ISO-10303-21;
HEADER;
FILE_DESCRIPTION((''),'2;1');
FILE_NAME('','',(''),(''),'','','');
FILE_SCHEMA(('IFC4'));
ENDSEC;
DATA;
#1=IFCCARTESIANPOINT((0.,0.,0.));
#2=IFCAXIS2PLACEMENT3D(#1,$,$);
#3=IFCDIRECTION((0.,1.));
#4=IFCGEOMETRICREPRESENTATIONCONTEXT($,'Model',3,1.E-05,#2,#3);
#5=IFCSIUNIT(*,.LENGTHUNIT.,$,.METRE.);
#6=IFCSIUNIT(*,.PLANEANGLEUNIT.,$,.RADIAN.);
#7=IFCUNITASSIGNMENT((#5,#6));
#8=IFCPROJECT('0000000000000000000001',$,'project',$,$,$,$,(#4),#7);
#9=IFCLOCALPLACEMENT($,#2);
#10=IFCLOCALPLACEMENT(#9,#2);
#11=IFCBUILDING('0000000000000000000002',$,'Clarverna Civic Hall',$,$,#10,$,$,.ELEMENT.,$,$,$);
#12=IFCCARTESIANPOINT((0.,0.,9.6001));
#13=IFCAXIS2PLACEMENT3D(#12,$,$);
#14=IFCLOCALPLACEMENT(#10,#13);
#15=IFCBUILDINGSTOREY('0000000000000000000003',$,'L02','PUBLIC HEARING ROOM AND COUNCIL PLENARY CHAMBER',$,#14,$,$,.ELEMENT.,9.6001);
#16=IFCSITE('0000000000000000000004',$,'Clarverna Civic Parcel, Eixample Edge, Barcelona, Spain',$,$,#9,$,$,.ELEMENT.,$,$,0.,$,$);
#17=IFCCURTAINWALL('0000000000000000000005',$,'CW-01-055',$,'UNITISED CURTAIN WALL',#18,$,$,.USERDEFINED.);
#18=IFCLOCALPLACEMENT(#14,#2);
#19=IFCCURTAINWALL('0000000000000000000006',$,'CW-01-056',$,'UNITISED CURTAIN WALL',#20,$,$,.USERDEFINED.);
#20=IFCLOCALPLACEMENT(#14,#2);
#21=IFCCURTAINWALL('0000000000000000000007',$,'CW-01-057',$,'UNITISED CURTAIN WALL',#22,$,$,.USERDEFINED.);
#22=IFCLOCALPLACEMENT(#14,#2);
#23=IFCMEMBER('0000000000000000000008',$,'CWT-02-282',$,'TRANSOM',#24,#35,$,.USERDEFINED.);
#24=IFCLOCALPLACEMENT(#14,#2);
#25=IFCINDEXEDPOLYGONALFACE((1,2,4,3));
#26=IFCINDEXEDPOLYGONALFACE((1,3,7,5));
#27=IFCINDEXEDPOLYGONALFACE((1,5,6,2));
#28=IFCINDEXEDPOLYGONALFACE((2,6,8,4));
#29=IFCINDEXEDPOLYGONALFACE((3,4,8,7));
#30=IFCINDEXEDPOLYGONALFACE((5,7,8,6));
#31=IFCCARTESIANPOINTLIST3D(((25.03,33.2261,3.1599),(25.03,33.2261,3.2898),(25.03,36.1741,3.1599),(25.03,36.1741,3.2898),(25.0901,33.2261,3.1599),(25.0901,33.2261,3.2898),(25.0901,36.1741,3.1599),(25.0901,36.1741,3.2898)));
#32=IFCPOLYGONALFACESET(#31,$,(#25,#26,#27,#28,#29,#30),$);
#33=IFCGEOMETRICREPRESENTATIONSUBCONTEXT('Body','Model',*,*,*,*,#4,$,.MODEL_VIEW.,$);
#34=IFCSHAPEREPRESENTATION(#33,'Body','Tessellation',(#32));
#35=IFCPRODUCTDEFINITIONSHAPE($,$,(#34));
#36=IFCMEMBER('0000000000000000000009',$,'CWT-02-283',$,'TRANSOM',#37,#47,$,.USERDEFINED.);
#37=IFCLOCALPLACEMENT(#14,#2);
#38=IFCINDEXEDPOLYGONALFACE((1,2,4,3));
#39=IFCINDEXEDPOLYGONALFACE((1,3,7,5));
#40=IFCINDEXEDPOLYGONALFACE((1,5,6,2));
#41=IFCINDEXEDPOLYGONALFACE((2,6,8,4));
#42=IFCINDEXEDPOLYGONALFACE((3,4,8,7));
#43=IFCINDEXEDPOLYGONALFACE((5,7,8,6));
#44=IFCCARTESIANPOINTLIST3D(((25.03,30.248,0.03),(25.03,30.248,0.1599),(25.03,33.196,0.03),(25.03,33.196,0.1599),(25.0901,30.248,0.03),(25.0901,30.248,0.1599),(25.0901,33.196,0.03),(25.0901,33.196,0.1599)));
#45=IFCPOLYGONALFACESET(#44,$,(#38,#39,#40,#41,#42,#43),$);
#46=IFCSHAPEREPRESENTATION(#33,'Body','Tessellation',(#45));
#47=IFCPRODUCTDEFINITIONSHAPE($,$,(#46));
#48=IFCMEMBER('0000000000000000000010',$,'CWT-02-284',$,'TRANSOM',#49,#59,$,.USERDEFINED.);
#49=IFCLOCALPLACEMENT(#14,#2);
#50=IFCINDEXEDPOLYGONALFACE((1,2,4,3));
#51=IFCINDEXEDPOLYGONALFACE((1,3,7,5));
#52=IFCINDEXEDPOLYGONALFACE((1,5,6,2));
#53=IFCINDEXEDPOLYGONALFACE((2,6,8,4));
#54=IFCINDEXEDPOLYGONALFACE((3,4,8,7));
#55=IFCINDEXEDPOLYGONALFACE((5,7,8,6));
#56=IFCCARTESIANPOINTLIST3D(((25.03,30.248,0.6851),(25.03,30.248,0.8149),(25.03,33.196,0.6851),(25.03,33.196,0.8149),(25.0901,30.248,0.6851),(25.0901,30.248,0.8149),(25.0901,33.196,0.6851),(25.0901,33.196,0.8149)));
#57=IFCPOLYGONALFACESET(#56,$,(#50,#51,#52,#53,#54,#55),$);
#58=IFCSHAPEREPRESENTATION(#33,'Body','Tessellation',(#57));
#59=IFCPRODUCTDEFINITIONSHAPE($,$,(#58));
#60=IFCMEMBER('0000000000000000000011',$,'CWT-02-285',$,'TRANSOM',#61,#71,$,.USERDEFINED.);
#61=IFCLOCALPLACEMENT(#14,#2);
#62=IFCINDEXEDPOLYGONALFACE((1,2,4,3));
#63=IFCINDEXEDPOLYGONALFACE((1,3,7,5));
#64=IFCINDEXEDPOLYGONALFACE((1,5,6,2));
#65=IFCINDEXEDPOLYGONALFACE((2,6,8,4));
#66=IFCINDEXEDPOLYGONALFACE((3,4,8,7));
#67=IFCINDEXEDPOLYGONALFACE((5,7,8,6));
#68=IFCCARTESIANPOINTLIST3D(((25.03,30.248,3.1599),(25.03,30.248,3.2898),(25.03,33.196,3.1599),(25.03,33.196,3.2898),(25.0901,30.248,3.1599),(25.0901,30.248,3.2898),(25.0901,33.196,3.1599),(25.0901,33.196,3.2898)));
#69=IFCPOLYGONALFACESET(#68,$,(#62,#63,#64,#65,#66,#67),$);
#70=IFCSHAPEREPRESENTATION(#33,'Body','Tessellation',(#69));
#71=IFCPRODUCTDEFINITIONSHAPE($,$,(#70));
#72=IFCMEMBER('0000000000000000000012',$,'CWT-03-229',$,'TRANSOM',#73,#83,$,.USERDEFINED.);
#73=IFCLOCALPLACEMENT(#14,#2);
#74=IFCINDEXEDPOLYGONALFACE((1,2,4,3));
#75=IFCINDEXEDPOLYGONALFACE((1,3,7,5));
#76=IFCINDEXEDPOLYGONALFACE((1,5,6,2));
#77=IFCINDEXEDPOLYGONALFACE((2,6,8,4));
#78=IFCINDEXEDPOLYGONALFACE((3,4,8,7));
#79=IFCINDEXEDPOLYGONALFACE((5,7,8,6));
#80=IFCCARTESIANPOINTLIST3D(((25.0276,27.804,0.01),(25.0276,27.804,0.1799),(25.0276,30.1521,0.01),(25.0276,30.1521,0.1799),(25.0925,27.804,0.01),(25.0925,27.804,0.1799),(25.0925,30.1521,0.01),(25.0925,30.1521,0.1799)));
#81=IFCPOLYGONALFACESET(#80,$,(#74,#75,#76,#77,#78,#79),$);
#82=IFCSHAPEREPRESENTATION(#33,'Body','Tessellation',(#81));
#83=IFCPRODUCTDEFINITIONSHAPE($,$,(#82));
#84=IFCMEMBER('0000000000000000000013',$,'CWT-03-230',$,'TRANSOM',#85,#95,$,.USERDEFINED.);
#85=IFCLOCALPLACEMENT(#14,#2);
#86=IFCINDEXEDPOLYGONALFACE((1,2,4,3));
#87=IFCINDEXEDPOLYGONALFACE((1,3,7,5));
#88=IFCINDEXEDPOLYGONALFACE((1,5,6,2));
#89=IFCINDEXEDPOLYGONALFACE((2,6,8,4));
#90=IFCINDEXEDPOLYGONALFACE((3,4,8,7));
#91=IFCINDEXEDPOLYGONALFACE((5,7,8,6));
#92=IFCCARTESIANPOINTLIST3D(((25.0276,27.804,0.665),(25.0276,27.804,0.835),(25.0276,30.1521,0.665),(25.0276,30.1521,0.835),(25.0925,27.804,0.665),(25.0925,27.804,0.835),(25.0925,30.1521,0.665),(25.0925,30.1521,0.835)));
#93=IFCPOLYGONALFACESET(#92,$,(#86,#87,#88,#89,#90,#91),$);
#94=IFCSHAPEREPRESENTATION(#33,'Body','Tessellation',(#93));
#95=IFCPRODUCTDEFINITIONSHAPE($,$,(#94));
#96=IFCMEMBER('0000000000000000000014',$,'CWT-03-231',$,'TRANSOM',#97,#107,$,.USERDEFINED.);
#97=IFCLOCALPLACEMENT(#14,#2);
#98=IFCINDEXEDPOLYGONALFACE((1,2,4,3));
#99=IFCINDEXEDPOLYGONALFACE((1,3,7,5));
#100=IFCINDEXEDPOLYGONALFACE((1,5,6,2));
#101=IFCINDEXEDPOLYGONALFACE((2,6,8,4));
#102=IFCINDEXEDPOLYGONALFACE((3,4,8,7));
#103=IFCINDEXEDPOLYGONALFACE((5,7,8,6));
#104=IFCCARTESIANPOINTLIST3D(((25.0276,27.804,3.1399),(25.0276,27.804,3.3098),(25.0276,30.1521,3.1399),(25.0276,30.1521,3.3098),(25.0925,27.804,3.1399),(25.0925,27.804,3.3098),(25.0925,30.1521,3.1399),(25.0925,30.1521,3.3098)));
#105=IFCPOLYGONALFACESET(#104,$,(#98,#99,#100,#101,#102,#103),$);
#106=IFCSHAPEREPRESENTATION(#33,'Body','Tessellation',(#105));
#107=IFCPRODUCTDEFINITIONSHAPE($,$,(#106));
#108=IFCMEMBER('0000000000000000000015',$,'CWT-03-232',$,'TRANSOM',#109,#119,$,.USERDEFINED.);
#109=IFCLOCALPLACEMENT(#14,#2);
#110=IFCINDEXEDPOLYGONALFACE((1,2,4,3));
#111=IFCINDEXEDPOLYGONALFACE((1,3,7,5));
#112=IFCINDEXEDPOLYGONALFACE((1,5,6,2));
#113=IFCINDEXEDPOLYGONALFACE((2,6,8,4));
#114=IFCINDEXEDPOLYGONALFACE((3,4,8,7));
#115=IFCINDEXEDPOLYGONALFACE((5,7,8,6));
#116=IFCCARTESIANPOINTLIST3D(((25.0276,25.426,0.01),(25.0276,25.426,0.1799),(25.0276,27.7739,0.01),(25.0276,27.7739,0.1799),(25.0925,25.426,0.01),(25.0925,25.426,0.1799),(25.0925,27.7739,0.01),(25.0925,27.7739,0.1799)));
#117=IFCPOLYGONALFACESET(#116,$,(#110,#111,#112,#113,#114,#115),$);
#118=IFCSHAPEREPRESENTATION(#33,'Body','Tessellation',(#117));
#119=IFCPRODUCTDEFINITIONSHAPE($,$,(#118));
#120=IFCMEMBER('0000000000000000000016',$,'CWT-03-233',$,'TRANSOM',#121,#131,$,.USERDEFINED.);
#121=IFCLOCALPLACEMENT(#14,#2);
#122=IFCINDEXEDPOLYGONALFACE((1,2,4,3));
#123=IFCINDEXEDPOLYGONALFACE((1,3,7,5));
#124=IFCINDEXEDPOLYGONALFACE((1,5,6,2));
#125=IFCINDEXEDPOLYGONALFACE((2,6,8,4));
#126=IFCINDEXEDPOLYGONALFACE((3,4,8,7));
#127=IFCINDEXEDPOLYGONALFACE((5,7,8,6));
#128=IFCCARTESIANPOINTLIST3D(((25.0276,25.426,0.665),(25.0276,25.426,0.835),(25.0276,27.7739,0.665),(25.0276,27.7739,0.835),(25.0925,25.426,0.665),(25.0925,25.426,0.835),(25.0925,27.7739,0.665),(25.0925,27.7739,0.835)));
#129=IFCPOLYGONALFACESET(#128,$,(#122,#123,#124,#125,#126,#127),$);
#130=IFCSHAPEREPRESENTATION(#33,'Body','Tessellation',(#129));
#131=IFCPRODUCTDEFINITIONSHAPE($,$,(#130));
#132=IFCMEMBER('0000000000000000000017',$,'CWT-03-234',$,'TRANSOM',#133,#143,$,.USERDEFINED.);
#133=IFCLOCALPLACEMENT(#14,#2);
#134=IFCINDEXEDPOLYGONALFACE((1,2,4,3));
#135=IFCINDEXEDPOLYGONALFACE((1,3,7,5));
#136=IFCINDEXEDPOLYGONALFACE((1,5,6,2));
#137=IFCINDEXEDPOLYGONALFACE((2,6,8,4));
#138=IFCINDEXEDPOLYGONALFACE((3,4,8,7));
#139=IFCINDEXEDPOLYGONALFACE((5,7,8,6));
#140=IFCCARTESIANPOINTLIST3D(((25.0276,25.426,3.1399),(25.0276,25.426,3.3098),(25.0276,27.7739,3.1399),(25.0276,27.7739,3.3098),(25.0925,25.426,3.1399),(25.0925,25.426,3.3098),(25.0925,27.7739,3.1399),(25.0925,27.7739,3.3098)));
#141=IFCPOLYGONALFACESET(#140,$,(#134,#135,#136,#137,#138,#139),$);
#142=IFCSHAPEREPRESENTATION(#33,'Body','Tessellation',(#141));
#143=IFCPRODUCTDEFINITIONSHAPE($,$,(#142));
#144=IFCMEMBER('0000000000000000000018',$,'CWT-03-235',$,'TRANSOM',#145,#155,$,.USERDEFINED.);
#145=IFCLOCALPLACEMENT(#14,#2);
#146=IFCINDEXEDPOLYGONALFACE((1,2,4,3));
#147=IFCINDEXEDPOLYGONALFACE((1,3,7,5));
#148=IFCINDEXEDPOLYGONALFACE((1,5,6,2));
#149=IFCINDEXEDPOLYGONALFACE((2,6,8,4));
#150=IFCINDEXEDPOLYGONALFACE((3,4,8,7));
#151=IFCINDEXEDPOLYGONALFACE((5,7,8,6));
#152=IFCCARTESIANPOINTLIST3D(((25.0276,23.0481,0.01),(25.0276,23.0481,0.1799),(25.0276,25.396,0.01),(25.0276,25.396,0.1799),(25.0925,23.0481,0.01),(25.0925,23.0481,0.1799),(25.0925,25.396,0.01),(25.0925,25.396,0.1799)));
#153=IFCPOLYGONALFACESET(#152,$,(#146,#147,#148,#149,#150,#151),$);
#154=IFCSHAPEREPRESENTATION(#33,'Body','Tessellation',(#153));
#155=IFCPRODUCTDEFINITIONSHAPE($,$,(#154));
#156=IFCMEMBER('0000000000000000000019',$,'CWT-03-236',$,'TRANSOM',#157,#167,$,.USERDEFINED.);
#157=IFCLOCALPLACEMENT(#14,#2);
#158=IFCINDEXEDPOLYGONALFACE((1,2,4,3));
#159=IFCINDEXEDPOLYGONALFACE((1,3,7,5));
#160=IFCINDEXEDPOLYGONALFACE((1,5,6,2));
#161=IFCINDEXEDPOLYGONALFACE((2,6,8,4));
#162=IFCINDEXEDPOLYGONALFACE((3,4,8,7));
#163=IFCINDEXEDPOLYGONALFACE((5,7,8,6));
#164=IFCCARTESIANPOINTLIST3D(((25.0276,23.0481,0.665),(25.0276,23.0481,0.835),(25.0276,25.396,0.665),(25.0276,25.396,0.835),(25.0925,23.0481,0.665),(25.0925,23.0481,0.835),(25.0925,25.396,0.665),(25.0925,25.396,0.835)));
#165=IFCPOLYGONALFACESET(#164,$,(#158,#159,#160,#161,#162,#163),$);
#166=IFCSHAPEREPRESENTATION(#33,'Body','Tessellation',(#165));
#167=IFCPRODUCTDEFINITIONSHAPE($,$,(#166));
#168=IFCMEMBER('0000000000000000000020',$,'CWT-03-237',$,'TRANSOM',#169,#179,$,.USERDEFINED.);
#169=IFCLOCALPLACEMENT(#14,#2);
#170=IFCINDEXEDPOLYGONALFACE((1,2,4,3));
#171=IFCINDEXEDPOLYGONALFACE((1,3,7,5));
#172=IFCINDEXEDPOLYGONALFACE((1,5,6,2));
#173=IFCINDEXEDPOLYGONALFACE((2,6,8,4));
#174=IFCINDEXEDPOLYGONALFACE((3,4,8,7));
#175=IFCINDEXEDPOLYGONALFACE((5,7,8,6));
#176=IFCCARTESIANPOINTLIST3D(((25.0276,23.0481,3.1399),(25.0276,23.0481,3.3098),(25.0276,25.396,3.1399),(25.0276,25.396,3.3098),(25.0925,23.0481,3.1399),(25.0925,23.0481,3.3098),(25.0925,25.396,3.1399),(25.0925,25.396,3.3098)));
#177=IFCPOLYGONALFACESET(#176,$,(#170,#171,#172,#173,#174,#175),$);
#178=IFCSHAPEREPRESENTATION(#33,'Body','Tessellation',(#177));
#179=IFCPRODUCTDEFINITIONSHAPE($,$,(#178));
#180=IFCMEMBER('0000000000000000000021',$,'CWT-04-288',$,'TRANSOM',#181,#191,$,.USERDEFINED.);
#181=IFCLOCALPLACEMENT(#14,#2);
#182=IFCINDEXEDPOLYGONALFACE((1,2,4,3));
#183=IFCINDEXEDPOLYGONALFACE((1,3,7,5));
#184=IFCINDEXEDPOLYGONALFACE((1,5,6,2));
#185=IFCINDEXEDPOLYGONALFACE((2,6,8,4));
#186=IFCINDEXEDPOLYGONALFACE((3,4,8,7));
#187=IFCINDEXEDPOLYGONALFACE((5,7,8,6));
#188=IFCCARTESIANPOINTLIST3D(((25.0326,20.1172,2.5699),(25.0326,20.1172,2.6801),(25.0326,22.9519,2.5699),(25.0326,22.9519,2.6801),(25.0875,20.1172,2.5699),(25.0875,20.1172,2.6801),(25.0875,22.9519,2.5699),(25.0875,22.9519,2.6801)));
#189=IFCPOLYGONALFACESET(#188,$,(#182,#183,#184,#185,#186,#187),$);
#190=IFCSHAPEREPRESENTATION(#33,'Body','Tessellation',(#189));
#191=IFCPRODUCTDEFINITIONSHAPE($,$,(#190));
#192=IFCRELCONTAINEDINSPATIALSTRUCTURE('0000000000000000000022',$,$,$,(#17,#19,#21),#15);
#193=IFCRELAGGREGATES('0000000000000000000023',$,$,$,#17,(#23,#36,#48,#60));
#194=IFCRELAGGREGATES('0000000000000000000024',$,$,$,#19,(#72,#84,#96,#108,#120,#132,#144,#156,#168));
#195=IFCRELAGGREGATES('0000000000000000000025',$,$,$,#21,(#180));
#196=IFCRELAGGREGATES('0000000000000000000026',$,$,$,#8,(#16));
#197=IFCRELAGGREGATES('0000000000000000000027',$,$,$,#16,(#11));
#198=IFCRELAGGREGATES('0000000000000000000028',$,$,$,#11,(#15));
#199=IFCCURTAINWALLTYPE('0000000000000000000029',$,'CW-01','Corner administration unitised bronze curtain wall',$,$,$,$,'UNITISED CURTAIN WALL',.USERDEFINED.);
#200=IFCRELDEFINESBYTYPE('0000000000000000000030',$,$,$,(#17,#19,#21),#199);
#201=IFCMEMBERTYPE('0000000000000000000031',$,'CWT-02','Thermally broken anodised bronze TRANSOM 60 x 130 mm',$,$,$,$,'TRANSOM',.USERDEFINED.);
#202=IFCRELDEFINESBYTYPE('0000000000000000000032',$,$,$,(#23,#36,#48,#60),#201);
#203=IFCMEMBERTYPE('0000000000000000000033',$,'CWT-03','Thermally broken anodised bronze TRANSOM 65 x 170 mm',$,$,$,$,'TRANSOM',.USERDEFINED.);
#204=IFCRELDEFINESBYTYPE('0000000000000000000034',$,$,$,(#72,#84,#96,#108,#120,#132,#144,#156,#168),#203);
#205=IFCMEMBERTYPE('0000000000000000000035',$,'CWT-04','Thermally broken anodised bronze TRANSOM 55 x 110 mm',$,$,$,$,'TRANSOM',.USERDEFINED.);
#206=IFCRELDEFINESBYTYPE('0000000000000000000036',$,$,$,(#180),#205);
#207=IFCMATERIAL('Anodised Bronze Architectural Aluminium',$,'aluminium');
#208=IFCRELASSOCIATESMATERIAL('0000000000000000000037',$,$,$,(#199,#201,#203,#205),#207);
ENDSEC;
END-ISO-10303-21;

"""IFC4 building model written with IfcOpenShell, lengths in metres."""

from ifc_helpers import new_model, si_unit, direction, frame, origin, origin_2d, place, context, subcontext, project, spatial, rectangle, extrude, material, material_profile, profile_set, type_object, element, aggregate, save


model = new_model("IFC4")

# Units and contexts
model_context = context("Model", 3, precision=1e-05, world=origin(), true_north=direction((0.0, 1.0)))
body_context = subcontext(model_context, "Body", "Model", "MODEL_VIEW")
ifc_project = project(units=[si_unit("LENGTHUNIT", "METRE"), si_unit("PLANEANGLEUNIT", "RADIAN")], contexts=[model_context])

# Site, building, storey
site_placement = place(None, origin())
site = spatial("IfcSite", under=ifc_project, at=site_placement, Name="Clarverna Civic Parcel, Eixample Edge, Barcelona, Spain", CompositionType="ELEMENT", RefElevation=0.0)
building_placement = place(site_placement, origin())
building = spatial("IfcBuilding", under=site, at=building_placement, Name="Clarverna Civic Hall", CompositionType="ELEMENT")
storey_placement = place(building_placement, frame((0.0, 0.0, 9.6001)))
storey = spatial("IfcBuildingStorey", under=building, at=storey_placement, Name="L02", Description="PUBLIC HEARING ROOM AND COUNCIL PLENARY CHAMBER", CompositionType="ELEMENT", Elevation=9.6001)

# Curtain walls
ifc_material_1 = material(Name="Anodised Bronze Architectural Aluminium", Category="aluminium")
curtain_wall_type = type_object("IfcCurtainWallType", Name="CW-01", Description="Corner administration unitised bronze curtain wall", ElementType="UNITISED CURTAIN WALL", PredefinedType="USERDEFINED", material=ifc_material_1)
curtain_wall_1_placement = place(storey_placement, origin())
curtain_wall_1 = element("IfcCurtainWall", 1, at=curtain_wall_1_placement, inside=storey, type_object=curtain_wall_type, Name="CW-01-055", ObjectType="UNITISED CURTAIN WALL", PredefinedType="USERDEFINED")
curtain_wall_2_placement = place(storey_placement, origin())
curtain_wall_2 = element("IfcCurtainWall", 2, at=curtain_wall_2_placement, inside=storey, type_object=curtain_wall_type, Name="CW-01-056", ObjectType="UNITISED CURTAIN WALL", PredefinedType="USERDEFINED")

# Curtain wall
curtain_wall_3_placement = place(storey_placement, origin())
curtain_wall_3 = element("IfcCurtainWall", 3, at=curtain_wall_3_placement, inside=storey, type_object=curtain_wall_type, Name="CW-01-057", ObjectType="UNITISED CURTAIN WALL", PredefinedType="USERDEFINED")

# Members
ifc_material_profile_1 = material_profile(ifc_material_1, rectangle(XDim=0.0601, YDim=0.1299, at=origin_2d()), Name="BRONZE 60x130")
ifc_profile_set_1 = profile_set([ifc_material_profile_1], Name="Anodised Bronze Architectural Aluminium")
member_type_1 = type_object("IfcMemberType", Name="CWT-02", Description="Thermally broken anodised bronze TRANSOM 60 x 130 mm", ElementType="TRANSOM", PredefinedType="USERDEFINED", material=ifc_profile_set_1)
member_1_placement = place(storey_placement, frame((25.0601, 36.1741, 3.2249), z_axis=(0.0, -1.0, 0.0), x_axis=(1.0, 0.0, 0.0)))
member_1 = element("IfcMember", 4, at=member_1_placement, type_object=member_type_1, Name="CWT-02-282", ObjectType="TRANSOM", PredefinedType="USERDEFINED", context=body_context, shape_type="SweptSolid", body=[
    extrude(rectangle(XDim=0.0601, YDim=0.1299, at=origin_2d()), origin(), (0.0, 0.0, 1.0), 2.948),
])
member_2_placement = place(storey_placement, frame((25.0601, 33.196, 0.095), z_axis=(0.0, -1.0, 0.0), x_axis=(1.0, 0.0, 0.0)))
member_2 = element("IfcMember", 5, at=member_2_placement, type_object=member_type_1, Name="CWT-02-283", ObjectType="TRANSOM", PredefinedType="USERDEFINED", context=body_context, shape_type="SweptSolid", body=[
    extrude(rectangle(XDim=0.0601, YDim=0.1299, at=origin_2d()), origin(), (0.0, 0.0, 1.0), 2.948),
])
member_3_placement = place(storey_placement, frame((25.0601, 33.196, 0.75), z_axis=(0.0, -1.0, 0.0), x_axis=(1.0, 0.0, 0.0)))
member_3 = element("IfcMember", 6, at=member_3_placement, type_object=member_type_1, Name="CWT-02-284", ObjectType="TRANSOM", PredefinedType="USERDEFINED", context=body_context, shape_type="SweptSolid", body=[
    extrude(rectangle(XDim=0.0601, YDim=0.1299, at=origin_2d()), origin(), (0.0, 0.0, 1.0), 2.948),
])
member_4_placement = place(storey_placement, frame((25.0601, 33.196, 3.2249), z_axis=(0.0, -1.0, 0.0), x_axis=(1.0, 0.0, 0.0)))
member_4 = element("IfcMember", 7, at=member_4_placement, type_object=member_type_1, Name="CWT-02-285", ObjectType="TRANSOM", PredefinedType="USERDEFINED", context=body_context, shape_type="SweptSolid", body=[
    extrude(rectangle(XDim=0.0601, YDim=0.1299, at=origin_2d()), origin(), (0.0, 0.0, 1.0), 2.948),
])
ifc_material_profile_2 = material_profile(ifc_material_1, rectangle(XDim=0.0649, YDim=0.1699, at=origin_2d()), Name="BRONZE 65x170")
ifc_profile_set_2 = profile_set([ifc_material_profile_2], Name="Anodised Bronze Architectural Aluminium")
member_type_2 = type_object("IfcMemberType", Name="CWT-03", Description="Thermally broken anodised bronze TRANSOM 65 x 170 mm", ElementType="TRANSOM", PredefinedType="USERDEFINED", material=ifc_profile_set_2)
member_5_placement = place(storey_placement, frame((25.0601, 30.1521, 0.095), z_axis=(0.0, -1.0, 0.0), x_axis=(1.0, 0.0, 0.0)))
member_5 = element("IfcMember", 8, at=member_5_placement, type_object=member_type_2, Name="CWT-03-229", ObjectType="TRANSOM", PredefinedType="USERDEFINED", context=body_context, shape_type="SweptSolid", body=[
    extrude(rectangle(XDim=0.0649, YDim=0.1699, at=origin_2d()), origin(), (0.0, 0.0, 1.0), 2.3481),
])
member_6_placement = place(storey_placement, frame((25.0601, 30.1521, 0.75), z_axis=(0.0, -1.0, 0.0), x_axis=(1.0, 0.0, 0.0)))
member_6 = element("IfcMember", 9, at=member_6_placement, type_object=member_type_2, Name="CWT-03-230", ObjectType="TRANSOM", PredefinedType="USERDEFINED", context=body_context, shape_type="SweptSolid", body=[
    extrude(rectangle(XDim=0.0649, YDim=0.1699, at=origin_2d()), origin(), (0.0, 0.0, 1.0), 2.3481),
])
member_7_placement = place(storey_placement, frame((25.0601, 30.1521, 3.2249), z_axis=(0.0, -1.0, 0.0), x_axis=(1.0, 0.0, 0.0)))
member_7 = element("IfcMember", 10, at=member_7_placement, type_object=member_type_2, Name="CWT-03-231", ObjectType="TRANSOM", PredefinedType="USERDEFINED", context=body_context, shape_type="SweptSolid", body=[
    extrude(rectangle(XDim=0.0649, YDim=0.1699, at=origin_2d()), origin(), (0.0, 0.0, 1.0), 2.3481),
])
member_8_placement = place(storey_placement, frame((25.0601, 27.7739, 0.095), z_axis=(0.0, -1.0, 0.0), x_axis=(1.0, 0.0, 0.0)))
member_8 = element("IfcMember", 11, at=member_8_placement, type_object=member_type_2, Name="CWT-03-232", ObjectType="TRANSOM", PredefinedType="USERDEFINED", context=body_context, shape_type="SweptSolid", body=[
    extrude(rectangle(XDim=0.0649, YDim=0.1699, at=origin_2d()), origin(), (0.0, 0.0, 1.0), 2.3479),
])
member_9_placement = place(storey_placement, frame((25.0601, 27.7739, 0.75), z_axis=(0.0, -1.0, 0.0), x_axis=(1.0, 0.0, 0.0)))
member_9 = element("IfcMember", 12, at=member_9_placement, type_object=member_type_2, Name="CWT-03-233", ObjectType="TRANSOM", PredefinedType="USERDEFINED", context=body_context, shape_type="SweptSolid", body=[
    extrude(rectangle(XDim=0.0649, YDim=0.1699, at=origin_2d()), origin(), (0.0, 0.0, 1.0), 2.3479),
])
member_10_placement = place(storey_placement, frame((25.0601, 27.7739, 3.2249), z_axis=(0.0, -1.0, 0.0), x_axis=(1.0, 0.0, 0.0)))
member_10 = element("IfcMember", 13, at=member_10_placement, type_object=member_type_2, Name="CWT-03-234", ObjectType="TRANSOM", PredefinedType="USERDEFINED", context=body_context, shape_type="SweptSolid", body=[
    extrude(rectangle(XDim=0.0649, YDim=0.1699, at=origin_2d()), origin(), (0.0, 0.0, 1.0), 2.3479),
])
member_11_placement = place(storey_placement, frame((25.0601, 25.396, 0.095), z_axis=(0.0, -1.0, 0.0), x_axis=(1.0, 0.0, 0.0)))
member_11 = element("IfcMember", 14, at=member_11_placement, type_object=member_type_2, Name="CWT-03-235", ObjectType="TRANSOM", PredefinedType="USERDEFINED", context=body_context, shape_type="SweptSolid", body=[
    extrude(rectangle(XDim=0.0649, YDim=0.1699, at=origin_2d()), origin(), (0.0, 0.0, 1.0), 2.3479),
])
member_12_placement = place(storey_placement, frame((25.0601, 25.396, 0.75), z_axis=(0.0, -1.0, 0.0), x_axis=(1.0, 0.0, 0.0)))
member_12 = element("IfcMember", 15, at=member_12_placement, type_object=member_type_2, Name="CWT-03-236", ObjectType="TRANSOM", PredefinedType="USERDEFINED", context=body_context, shape_type="SweptSolid", body=[
    extrude(rectangle(XDim=0.0649, YDim=0.1699, at=origin_2d()), origin(), (0.0, 0.0, 1.0), 2.3479),
])
member_13_placement = place(storey_placement, frame((25.0601, 25.396, 3.2249), z_axis=(0.0, -1.0, 0.0), x_axis=(1.0, 0.0, 0.0)))
member_13 = element("IfcMember", 16, at=member_13_placement, type_object=member_type_2, Name="CWT-03-237", ObjectType="TRANSOM", PredefinedType="USERDEFINED", context=body_context, shape_type="SweptSolid", body=[
    extrude(rectangle(XDim=0.0649, YDim=0.1699, at=origin_2d()), origin(), (0.0, 0.0, 1.0), 2.3479),
])
ifc_material_profile_3 = material_profile(ifc_material_1, rectangle(XDim=0.0549, YDim=0.1101, at=origin_2d()), Name="BRONZE 55x110")
ifc_profile_set_3 = profile_set([ifc_material_profile_3], Name="Anodised Bronze Architectural Aluminium")
member_type_3 = type_object("IfcMemberType", Name="CWT-04", Description="Thermally broken anodised bronze TRANSOM 55 x 110 mm", ElementType="TRANSOM", PredefinedType="USERDEFINED", material=ifc_profile_set_3)
member_14_placement = place(storey_placement, frame((25.0601, 22.9519, 2.625), z_axis=(0.0, -1.0, 0.0), x_axis=(1.0, 0.0, 0.0)))
member_14 = element("IfcMember", 17, at=member_14_placement, type_object=member_type_3, Name="CWT-04-288", ObjectType="TRANSOM", PredefinedType="USERDEFINED", context=body_context, shape_type="SweptSolid", body=[
    extrude(rectangle(XDim=0.0549, YDim=0.1101, at=origin_2d()), origin(), (0.0, 0.0, 1.0), 2.8347),
])

aggregate(curtain_wall_1, [member_1, member_2, member_3, member_4])
aggregate(curtain_wall_2, [member_5, member_6, member_7, member_8, member_9, member_10, member_11, member_12, member_13])
aggregate(curtain_wall_3, [member_14])

save(model, "model.ifc")
